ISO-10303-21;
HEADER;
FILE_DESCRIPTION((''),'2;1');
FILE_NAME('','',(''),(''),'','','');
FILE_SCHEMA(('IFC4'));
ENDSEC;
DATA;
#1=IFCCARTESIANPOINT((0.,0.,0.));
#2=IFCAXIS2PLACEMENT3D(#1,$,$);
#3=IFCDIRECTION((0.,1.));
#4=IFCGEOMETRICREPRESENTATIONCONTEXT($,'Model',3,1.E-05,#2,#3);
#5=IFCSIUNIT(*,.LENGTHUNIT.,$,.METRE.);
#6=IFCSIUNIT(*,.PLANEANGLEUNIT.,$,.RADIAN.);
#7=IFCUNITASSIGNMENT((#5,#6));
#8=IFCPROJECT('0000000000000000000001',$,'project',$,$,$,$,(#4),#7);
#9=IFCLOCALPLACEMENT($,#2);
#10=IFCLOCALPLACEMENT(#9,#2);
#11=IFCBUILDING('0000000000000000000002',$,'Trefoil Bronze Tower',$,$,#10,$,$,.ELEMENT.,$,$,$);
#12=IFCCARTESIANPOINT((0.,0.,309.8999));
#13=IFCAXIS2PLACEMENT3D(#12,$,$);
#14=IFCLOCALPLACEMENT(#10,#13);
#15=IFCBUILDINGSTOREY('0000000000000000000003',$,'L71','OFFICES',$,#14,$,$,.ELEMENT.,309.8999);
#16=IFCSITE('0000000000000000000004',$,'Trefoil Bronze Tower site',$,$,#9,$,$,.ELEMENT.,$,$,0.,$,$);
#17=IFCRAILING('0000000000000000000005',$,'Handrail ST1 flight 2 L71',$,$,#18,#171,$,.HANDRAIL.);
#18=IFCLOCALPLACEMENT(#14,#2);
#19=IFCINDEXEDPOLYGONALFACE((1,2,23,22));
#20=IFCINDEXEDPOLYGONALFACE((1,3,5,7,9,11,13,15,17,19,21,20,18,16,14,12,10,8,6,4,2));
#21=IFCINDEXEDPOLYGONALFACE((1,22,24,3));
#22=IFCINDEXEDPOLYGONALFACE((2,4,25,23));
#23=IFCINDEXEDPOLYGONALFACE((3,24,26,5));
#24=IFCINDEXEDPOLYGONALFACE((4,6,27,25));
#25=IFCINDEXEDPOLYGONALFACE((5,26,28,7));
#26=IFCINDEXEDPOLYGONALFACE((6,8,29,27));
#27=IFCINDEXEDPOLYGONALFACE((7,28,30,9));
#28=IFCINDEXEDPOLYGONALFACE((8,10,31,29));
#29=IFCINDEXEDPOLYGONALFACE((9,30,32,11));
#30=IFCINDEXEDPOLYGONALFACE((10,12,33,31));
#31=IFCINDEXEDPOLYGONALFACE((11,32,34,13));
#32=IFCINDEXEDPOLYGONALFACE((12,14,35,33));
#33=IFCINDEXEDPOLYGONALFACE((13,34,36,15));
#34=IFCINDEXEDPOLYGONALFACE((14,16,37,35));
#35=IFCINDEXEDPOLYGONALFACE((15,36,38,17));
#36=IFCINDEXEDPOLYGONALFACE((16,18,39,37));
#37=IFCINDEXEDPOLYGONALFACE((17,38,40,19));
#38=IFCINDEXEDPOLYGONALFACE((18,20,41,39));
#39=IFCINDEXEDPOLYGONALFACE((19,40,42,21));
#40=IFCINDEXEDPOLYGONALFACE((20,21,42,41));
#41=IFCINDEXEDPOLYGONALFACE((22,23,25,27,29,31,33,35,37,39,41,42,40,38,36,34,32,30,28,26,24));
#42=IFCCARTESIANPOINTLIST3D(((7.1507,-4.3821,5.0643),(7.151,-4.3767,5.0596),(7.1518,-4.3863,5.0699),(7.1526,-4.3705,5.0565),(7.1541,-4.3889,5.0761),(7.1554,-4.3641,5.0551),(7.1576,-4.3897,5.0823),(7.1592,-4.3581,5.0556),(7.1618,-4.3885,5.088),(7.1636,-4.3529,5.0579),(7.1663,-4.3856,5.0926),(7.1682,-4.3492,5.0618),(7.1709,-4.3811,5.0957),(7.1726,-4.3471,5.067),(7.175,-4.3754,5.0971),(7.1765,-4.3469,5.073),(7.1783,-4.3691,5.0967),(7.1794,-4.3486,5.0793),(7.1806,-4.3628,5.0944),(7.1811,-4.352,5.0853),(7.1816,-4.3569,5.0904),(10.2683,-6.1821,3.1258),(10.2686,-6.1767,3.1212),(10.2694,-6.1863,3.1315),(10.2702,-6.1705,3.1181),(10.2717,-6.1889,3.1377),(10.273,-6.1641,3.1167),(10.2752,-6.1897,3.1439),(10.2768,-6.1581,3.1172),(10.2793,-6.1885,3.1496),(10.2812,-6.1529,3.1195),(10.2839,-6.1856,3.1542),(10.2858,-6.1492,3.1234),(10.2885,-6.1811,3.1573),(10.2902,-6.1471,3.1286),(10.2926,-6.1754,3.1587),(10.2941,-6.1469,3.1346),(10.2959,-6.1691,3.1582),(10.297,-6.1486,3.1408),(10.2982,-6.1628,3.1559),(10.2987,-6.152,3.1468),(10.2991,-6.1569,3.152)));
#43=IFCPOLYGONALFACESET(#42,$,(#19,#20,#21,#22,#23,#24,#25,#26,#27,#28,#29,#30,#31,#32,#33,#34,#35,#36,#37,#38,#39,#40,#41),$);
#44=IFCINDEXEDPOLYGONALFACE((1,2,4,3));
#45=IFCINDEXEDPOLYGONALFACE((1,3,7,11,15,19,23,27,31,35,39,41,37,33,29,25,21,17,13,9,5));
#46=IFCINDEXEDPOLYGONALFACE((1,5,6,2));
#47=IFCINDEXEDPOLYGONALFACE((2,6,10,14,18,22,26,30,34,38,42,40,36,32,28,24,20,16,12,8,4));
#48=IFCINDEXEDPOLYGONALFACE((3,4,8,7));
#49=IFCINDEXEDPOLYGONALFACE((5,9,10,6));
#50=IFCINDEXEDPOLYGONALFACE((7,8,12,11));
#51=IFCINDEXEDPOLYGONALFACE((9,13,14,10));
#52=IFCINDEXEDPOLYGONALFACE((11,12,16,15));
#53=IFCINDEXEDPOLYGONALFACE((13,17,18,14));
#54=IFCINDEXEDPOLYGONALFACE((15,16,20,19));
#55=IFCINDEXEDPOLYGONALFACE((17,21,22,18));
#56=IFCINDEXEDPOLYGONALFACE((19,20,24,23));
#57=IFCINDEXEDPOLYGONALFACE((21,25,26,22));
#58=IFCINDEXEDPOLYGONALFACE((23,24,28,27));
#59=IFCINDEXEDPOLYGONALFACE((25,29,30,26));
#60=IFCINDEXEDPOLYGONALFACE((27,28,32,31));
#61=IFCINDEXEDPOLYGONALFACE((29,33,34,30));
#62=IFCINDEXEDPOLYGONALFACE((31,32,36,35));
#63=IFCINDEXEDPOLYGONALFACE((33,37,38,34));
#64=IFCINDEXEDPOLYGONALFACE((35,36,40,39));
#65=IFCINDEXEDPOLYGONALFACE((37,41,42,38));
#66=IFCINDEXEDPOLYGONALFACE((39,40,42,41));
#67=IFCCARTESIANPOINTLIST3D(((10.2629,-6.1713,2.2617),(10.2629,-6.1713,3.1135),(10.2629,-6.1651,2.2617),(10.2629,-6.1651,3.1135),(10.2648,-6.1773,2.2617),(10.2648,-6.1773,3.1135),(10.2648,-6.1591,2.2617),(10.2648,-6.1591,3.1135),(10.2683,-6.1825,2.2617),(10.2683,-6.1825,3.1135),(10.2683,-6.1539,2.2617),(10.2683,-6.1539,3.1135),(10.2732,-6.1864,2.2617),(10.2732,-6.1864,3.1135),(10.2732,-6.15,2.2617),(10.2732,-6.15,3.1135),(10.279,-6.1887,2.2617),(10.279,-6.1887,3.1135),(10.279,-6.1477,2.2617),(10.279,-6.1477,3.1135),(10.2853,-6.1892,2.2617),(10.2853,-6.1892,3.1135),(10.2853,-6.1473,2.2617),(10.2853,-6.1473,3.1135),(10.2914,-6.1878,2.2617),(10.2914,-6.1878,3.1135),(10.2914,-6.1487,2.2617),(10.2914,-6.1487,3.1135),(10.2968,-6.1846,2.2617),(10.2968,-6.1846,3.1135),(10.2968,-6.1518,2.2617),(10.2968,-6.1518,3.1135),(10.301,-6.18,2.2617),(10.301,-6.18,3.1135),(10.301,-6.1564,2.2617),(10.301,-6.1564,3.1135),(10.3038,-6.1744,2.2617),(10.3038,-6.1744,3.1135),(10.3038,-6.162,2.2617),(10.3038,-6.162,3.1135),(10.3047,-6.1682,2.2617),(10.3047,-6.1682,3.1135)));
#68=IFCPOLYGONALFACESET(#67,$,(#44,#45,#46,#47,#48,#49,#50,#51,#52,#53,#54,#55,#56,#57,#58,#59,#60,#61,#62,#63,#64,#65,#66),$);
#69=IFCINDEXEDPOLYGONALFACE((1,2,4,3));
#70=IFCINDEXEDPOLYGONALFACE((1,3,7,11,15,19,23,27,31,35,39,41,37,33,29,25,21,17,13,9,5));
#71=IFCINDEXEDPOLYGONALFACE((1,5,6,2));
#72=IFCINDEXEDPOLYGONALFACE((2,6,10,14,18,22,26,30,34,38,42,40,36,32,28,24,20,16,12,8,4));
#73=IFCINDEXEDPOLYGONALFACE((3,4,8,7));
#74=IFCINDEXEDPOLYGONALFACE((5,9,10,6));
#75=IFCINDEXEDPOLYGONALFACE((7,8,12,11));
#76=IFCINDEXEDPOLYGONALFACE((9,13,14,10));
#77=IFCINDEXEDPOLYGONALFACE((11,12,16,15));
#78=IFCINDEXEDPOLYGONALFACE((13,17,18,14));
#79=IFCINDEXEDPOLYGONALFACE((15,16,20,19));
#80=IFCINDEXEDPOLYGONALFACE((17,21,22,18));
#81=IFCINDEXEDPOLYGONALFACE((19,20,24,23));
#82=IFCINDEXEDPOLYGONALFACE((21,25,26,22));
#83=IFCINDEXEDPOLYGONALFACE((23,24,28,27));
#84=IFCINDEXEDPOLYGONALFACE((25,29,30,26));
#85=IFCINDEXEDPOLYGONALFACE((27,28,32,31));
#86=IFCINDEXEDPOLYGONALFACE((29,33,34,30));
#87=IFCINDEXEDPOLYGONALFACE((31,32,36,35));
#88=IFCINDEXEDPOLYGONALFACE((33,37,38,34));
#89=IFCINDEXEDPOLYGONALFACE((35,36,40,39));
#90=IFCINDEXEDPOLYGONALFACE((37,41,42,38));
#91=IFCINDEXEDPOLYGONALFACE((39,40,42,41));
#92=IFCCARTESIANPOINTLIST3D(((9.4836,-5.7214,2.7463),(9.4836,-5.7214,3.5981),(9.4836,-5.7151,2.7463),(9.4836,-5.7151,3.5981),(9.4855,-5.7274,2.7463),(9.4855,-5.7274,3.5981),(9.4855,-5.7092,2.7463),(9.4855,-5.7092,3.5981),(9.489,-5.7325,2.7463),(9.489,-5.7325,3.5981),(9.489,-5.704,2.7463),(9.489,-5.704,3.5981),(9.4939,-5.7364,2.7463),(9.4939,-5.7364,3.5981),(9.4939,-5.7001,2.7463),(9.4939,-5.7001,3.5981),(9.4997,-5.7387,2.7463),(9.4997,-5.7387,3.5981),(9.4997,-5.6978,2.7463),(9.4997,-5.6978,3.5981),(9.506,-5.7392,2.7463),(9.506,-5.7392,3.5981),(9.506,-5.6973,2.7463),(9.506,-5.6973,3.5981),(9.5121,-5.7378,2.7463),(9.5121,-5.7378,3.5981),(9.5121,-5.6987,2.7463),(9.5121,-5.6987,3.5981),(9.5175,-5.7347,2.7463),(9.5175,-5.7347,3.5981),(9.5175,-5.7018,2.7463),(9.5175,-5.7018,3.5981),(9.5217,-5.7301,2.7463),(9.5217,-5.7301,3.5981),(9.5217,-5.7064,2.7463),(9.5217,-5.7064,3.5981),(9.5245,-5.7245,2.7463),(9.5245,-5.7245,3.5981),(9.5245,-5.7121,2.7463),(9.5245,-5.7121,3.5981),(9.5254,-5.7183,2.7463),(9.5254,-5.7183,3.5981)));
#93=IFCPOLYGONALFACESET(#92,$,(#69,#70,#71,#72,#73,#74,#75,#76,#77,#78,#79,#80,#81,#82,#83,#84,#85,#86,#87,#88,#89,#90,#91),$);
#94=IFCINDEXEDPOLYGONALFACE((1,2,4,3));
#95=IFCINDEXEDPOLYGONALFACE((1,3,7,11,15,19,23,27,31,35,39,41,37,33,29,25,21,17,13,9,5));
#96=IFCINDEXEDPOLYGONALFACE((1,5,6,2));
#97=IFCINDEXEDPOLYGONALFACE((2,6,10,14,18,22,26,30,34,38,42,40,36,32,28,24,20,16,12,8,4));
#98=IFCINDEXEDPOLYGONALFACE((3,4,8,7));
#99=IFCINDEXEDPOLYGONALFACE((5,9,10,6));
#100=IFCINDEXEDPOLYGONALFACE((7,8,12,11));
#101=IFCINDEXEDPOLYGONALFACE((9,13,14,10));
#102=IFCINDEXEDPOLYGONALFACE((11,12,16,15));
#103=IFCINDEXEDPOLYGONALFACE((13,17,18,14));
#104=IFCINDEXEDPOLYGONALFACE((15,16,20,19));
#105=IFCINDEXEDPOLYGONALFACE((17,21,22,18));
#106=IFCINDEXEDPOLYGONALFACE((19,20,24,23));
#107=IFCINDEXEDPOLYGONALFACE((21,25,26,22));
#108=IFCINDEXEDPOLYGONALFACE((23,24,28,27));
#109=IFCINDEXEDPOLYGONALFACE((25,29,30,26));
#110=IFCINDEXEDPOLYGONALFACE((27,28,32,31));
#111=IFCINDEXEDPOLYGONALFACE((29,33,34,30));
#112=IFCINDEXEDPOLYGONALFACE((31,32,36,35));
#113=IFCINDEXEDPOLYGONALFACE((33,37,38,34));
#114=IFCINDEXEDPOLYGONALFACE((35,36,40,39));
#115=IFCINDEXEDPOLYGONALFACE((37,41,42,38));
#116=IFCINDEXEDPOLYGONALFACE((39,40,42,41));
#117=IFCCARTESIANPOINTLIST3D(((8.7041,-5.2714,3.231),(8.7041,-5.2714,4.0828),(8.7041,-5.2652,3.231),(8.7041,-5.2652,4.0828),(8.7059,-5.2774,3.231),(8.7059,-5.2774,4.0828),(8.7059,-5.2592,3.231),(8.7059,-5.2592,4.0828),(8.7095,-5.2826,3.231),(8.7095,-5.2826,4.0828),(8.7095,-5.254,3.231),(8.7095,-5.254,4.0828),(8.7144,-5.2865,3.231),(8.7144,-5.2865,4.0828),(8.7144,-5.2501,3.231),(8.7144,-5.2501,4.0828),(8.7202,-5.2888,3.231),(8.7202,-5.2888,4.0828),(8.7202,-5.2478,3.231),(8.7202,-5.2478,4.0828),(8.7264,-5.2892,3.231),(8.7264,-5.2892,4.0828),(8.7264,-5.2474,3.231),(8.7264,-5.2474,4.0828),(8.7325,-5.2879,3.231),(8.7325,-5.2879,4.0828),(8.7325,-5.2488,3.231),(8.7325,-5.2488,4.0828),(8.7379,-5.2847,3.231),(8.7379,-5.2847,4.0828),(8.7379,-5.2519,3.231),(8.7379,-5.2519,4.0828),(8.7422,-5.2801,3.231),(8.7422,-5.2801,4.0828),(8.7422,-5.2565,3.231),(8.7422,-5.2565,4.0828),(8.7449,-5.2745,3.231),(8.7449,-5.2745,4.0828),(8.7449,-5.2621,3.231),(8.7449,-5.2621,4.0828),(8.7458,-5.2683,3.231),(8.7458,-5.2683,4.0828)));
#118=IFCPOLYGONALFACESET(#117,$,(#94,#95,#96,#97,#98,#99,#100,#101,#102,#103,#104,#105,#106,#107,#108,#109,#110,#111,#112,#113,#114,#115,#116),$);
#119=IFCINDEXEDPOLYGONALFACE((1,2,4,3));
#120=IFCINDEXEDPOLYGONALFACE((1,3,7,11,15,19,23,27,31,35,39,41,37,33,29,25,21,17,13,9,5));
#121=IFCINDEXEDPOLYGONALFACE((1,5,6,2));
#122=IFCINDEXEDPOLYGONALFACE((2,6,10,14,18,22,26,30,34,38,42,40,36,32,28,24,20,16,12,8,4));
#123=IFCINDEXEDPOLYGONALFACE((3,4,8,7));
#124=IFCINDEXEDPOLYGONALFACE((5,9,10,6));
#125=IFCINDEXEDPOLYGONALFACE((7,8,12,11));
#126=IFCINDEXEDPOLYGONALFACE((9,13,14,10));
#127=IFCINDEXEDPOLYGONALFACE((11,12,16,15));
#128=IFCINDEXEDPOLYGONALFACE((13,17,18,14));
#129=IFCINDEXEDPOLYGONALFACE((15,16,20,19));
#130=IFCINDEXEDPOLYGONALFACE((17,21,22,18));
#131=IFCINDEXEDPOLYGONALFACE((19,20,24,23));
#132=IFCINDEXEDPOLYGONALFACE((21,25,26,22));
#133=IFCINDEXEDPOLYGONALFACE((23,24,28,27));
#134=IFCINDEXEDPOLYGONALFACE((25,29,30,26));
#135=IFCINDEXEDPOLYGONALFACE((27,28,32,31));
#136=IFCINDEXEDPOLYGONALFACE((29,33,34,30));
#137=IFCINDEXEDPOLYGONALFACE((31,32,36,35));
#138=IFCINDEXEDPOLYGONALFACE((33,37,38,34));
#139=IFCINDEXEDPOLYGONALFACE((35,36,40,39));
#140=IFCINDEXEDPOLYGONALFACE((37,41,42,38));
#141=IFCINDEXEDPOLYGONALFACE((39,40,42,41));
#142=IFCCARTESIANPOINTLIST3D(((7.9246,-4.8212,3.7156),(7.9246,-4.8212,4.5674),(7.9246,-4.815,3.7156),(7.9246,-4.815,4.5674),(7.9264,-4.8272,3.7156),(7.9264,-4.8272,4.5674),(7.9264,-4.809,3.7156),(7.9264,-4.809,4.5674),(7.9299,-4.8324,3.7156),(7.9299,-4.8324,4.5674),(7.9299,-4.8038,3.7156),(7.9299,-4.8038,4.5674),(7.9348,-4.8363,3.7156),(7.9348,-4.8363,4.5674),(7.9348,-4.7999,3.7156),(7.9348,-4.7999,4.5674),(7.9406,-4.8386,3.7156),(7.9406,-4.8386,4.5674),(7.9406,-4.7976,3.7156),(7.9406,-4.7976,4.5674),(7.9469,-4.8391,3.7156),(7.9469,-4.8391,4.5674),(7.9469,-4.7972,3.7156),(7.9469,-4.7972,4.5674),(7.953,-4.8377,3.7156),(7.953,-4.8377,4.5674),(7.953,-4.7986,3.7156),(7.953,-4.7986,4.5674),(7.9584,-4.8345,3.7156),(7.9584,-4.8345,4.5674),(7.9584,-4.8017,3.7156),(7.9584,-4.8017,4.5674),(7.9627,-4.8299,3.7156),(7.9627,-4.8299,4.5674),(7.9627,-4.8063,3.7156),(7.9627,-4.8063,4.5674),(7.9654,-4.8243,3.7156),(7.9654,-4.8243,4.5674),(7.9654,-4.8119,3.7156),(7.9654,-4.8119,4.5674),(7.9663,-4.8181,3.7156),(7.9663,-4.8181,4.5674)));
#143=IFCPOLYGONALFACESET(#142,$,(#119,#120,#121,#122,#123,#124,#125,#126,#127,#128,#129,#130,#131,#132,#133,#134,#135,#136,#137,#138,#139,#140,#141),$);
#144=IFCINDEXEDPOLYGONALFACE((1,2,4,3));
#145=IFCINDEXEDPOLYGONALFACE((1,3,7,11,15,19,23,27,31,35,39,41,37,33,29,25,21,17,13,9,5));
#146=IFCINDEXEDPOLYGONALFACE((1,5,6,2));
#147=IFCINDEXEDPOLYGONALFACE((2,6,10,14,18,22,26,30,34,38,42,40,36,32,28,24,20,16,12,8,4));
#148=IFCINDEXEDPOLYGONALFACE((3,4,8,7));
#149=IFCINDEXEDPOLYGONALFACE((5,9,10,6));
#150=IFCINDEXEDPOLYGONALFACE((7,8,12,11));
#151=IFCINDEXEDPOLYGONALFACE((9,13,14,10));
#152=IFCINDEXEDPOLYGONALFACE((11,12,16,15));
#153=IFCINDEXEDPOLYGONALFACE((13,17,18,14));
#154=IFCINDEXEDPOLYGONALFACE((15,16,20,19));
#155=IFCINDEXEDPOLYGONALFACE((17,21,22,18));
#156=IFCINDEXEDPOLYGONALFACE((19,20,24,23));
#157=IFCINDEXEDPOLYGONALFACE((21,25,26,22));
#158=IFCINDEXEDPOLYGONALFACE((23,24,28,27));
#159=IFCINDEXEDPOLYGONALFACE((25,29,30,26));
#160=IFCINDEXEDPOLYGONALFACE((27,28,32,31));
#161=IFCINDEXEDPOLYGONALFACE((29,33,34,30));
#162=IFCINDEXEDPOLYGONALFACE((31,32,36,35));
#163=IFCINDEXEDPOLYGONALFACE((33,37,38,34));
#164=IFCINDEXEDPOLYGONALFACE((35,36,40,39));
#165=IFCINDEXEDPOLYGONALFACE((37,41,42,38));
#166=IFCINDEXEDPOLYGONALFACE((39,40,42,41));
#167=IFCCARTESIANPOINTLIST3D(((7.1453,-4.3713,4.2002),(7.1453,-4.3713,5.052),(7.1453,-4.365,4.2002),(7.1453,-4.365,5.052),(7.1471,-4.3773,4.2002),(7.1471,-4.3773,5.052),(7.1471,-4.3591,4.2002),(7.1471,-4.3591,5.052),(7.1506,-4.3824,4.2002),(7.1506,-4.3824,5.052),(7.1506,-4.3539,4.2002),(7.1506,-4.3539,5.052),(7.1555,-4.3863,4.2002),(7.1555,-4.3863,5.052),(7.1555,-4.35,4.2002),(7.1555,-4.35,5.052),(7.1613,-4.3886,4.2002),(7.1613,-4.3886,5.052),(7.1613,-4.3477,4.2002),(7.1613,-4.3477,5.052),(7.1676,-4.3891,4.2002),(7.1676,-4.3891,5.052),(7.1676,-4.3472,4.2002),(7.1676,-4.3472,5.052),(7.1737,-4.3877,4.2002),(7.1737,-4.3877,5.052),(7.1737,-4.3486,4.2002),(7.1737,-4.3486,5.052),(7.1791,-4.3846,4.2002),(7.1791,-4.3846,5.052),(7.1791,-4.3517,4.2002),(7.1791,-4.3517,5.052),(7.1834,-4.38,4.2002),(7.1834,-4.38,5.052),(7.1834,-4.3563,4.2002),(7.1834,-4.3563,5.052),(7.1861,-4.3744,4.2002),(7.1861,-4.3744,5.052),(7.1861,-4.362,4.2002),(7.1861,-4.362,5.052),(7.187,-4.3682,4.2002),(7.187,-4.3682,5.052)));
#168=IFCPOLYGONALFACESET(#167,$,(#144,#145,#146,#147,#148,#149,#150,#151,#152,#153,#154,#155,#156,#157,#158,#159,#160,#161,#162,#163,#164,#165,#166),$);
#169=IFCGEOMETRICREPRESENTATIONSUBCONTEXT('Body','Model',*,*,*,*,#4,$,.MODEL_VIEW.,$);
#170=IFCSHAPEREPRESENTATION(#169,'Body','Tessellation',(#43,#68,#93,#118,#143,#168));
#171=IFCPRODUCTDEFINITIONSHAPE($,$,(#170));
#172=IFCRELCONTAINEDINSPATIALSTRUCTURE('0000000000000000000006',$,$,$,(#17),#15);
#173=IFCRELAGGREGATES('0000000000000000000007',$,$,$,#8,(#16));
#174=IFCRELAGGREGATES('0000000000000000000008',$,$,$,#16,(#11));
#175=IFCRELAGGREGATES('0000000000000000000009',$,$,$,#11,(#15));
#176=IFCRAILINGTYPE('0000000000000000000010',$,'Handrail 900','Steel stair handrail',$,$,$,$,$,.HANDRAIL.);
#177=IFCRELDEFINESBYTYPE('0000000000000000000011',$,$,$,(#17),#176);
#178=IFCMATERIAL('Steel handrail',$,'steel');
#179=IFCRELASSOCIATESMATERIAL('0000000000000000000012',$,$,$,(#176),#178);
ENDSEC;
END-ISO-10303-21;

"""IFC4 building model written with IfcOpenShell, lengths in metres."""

from ifc_helpers import new_model, si_unit, direction, frame, origin, origin_2d, place, context, subcontext, project, spatial, circle, extrude, material, type_object, element, save


model = new_model("IFC4")

# Units and contexts
model_context = context("Model", 3, precision=1e-05, world=origin(), true_north=direction((0.0, 1.0)))
body_context = subcontext(model_context, "Body", "Model", "MODEL_VIEW")
ifc_project = project(units=[si_unit("LENGTHUNIT", "METRE"), si_unit("PLANEANGLEUNIT", "RADIAN")], contexts=[model_context])

# Site, building, storey
site_placement = place(None, origin())
site = spatial("IfcSite", under=ifc_project, at=site_placement, Name="Trefoil Bronze Tower site", CompositionType="ELEMENT", RefElevation=0.0)
building_placement = place(site_placement, origin())
building = spatial("IfcBuilding", under=site, at=building_placement, Name="Trefoil Bronze Tower", CompositionType="ELEMENT")
storey_placement = place(building_placement, frame((0.0, 0.0, 309.8999)))
storey = spatial("IfcBuildingStorey", under=building, at=storey_placement, Name="L71", Description="OFFICES", CompositionType="ELEMENT", Elevation=309.8999)

# Railing
ifc_material_1 = material(Name="Steel handrail", Category="steel")
railing_type = type_object("IfcRailingType", Name="Handrail 900", Description="Steel stair handrail", PredefinedType="HANDRAIL", material=ifc_material_1)
railing_1_placement = place(storey_placement, frame((10.2837, -6.1682, 2.2617)))
element("IfcRailing", 1, at=railing_1_placement, inside=storey, type_object=railing_type, Name="Handrail ST1 flight 2 L71", PredefinedType="HANDRAIL", context=body_context, shape_type="SweptSolid", body=[
    extrude(circle(Radius=0.0239, at=origin_2d()), frame((0.0, 0.0, 0.876), z_axis=(-0.762503, 0.440246, 0.474102), x_axis=(-0.500012, -0.866018, 0.0)), (0.0, 0.0, 1.0), 4.0886),
    extrude(circle(Radius=0.021, at=origin_2d()), origin(), (0.0, 0.0, 1.0), 0.8518),
    extrude(circle(Radius=0.021, at=origin_2d()), frame((-0.7793, 0.45, 0.4846)), (0.0, 0.0, 1.0), 0.8518),
    extrude(circle(Radius=0.021, at=origin_2d()), frame((-1.5588, 0.8999, 0.9692)), (0.0, 0.0, 1.0), 0.8518),
    extrude(circle(Radius=0.021, at=origin_2d()), frame((-2.3384, 1.3501, 1.4539)), (0.0, 0.0, 1.0), 0.8518),
    extrude(circle(Radius=0.021, at=origin_2d()), frame((-3.1177, 1.8, 1.9385)), (0.0, 0.0, 1.0), 0.8518),
])

save(model, "model.ifc")
